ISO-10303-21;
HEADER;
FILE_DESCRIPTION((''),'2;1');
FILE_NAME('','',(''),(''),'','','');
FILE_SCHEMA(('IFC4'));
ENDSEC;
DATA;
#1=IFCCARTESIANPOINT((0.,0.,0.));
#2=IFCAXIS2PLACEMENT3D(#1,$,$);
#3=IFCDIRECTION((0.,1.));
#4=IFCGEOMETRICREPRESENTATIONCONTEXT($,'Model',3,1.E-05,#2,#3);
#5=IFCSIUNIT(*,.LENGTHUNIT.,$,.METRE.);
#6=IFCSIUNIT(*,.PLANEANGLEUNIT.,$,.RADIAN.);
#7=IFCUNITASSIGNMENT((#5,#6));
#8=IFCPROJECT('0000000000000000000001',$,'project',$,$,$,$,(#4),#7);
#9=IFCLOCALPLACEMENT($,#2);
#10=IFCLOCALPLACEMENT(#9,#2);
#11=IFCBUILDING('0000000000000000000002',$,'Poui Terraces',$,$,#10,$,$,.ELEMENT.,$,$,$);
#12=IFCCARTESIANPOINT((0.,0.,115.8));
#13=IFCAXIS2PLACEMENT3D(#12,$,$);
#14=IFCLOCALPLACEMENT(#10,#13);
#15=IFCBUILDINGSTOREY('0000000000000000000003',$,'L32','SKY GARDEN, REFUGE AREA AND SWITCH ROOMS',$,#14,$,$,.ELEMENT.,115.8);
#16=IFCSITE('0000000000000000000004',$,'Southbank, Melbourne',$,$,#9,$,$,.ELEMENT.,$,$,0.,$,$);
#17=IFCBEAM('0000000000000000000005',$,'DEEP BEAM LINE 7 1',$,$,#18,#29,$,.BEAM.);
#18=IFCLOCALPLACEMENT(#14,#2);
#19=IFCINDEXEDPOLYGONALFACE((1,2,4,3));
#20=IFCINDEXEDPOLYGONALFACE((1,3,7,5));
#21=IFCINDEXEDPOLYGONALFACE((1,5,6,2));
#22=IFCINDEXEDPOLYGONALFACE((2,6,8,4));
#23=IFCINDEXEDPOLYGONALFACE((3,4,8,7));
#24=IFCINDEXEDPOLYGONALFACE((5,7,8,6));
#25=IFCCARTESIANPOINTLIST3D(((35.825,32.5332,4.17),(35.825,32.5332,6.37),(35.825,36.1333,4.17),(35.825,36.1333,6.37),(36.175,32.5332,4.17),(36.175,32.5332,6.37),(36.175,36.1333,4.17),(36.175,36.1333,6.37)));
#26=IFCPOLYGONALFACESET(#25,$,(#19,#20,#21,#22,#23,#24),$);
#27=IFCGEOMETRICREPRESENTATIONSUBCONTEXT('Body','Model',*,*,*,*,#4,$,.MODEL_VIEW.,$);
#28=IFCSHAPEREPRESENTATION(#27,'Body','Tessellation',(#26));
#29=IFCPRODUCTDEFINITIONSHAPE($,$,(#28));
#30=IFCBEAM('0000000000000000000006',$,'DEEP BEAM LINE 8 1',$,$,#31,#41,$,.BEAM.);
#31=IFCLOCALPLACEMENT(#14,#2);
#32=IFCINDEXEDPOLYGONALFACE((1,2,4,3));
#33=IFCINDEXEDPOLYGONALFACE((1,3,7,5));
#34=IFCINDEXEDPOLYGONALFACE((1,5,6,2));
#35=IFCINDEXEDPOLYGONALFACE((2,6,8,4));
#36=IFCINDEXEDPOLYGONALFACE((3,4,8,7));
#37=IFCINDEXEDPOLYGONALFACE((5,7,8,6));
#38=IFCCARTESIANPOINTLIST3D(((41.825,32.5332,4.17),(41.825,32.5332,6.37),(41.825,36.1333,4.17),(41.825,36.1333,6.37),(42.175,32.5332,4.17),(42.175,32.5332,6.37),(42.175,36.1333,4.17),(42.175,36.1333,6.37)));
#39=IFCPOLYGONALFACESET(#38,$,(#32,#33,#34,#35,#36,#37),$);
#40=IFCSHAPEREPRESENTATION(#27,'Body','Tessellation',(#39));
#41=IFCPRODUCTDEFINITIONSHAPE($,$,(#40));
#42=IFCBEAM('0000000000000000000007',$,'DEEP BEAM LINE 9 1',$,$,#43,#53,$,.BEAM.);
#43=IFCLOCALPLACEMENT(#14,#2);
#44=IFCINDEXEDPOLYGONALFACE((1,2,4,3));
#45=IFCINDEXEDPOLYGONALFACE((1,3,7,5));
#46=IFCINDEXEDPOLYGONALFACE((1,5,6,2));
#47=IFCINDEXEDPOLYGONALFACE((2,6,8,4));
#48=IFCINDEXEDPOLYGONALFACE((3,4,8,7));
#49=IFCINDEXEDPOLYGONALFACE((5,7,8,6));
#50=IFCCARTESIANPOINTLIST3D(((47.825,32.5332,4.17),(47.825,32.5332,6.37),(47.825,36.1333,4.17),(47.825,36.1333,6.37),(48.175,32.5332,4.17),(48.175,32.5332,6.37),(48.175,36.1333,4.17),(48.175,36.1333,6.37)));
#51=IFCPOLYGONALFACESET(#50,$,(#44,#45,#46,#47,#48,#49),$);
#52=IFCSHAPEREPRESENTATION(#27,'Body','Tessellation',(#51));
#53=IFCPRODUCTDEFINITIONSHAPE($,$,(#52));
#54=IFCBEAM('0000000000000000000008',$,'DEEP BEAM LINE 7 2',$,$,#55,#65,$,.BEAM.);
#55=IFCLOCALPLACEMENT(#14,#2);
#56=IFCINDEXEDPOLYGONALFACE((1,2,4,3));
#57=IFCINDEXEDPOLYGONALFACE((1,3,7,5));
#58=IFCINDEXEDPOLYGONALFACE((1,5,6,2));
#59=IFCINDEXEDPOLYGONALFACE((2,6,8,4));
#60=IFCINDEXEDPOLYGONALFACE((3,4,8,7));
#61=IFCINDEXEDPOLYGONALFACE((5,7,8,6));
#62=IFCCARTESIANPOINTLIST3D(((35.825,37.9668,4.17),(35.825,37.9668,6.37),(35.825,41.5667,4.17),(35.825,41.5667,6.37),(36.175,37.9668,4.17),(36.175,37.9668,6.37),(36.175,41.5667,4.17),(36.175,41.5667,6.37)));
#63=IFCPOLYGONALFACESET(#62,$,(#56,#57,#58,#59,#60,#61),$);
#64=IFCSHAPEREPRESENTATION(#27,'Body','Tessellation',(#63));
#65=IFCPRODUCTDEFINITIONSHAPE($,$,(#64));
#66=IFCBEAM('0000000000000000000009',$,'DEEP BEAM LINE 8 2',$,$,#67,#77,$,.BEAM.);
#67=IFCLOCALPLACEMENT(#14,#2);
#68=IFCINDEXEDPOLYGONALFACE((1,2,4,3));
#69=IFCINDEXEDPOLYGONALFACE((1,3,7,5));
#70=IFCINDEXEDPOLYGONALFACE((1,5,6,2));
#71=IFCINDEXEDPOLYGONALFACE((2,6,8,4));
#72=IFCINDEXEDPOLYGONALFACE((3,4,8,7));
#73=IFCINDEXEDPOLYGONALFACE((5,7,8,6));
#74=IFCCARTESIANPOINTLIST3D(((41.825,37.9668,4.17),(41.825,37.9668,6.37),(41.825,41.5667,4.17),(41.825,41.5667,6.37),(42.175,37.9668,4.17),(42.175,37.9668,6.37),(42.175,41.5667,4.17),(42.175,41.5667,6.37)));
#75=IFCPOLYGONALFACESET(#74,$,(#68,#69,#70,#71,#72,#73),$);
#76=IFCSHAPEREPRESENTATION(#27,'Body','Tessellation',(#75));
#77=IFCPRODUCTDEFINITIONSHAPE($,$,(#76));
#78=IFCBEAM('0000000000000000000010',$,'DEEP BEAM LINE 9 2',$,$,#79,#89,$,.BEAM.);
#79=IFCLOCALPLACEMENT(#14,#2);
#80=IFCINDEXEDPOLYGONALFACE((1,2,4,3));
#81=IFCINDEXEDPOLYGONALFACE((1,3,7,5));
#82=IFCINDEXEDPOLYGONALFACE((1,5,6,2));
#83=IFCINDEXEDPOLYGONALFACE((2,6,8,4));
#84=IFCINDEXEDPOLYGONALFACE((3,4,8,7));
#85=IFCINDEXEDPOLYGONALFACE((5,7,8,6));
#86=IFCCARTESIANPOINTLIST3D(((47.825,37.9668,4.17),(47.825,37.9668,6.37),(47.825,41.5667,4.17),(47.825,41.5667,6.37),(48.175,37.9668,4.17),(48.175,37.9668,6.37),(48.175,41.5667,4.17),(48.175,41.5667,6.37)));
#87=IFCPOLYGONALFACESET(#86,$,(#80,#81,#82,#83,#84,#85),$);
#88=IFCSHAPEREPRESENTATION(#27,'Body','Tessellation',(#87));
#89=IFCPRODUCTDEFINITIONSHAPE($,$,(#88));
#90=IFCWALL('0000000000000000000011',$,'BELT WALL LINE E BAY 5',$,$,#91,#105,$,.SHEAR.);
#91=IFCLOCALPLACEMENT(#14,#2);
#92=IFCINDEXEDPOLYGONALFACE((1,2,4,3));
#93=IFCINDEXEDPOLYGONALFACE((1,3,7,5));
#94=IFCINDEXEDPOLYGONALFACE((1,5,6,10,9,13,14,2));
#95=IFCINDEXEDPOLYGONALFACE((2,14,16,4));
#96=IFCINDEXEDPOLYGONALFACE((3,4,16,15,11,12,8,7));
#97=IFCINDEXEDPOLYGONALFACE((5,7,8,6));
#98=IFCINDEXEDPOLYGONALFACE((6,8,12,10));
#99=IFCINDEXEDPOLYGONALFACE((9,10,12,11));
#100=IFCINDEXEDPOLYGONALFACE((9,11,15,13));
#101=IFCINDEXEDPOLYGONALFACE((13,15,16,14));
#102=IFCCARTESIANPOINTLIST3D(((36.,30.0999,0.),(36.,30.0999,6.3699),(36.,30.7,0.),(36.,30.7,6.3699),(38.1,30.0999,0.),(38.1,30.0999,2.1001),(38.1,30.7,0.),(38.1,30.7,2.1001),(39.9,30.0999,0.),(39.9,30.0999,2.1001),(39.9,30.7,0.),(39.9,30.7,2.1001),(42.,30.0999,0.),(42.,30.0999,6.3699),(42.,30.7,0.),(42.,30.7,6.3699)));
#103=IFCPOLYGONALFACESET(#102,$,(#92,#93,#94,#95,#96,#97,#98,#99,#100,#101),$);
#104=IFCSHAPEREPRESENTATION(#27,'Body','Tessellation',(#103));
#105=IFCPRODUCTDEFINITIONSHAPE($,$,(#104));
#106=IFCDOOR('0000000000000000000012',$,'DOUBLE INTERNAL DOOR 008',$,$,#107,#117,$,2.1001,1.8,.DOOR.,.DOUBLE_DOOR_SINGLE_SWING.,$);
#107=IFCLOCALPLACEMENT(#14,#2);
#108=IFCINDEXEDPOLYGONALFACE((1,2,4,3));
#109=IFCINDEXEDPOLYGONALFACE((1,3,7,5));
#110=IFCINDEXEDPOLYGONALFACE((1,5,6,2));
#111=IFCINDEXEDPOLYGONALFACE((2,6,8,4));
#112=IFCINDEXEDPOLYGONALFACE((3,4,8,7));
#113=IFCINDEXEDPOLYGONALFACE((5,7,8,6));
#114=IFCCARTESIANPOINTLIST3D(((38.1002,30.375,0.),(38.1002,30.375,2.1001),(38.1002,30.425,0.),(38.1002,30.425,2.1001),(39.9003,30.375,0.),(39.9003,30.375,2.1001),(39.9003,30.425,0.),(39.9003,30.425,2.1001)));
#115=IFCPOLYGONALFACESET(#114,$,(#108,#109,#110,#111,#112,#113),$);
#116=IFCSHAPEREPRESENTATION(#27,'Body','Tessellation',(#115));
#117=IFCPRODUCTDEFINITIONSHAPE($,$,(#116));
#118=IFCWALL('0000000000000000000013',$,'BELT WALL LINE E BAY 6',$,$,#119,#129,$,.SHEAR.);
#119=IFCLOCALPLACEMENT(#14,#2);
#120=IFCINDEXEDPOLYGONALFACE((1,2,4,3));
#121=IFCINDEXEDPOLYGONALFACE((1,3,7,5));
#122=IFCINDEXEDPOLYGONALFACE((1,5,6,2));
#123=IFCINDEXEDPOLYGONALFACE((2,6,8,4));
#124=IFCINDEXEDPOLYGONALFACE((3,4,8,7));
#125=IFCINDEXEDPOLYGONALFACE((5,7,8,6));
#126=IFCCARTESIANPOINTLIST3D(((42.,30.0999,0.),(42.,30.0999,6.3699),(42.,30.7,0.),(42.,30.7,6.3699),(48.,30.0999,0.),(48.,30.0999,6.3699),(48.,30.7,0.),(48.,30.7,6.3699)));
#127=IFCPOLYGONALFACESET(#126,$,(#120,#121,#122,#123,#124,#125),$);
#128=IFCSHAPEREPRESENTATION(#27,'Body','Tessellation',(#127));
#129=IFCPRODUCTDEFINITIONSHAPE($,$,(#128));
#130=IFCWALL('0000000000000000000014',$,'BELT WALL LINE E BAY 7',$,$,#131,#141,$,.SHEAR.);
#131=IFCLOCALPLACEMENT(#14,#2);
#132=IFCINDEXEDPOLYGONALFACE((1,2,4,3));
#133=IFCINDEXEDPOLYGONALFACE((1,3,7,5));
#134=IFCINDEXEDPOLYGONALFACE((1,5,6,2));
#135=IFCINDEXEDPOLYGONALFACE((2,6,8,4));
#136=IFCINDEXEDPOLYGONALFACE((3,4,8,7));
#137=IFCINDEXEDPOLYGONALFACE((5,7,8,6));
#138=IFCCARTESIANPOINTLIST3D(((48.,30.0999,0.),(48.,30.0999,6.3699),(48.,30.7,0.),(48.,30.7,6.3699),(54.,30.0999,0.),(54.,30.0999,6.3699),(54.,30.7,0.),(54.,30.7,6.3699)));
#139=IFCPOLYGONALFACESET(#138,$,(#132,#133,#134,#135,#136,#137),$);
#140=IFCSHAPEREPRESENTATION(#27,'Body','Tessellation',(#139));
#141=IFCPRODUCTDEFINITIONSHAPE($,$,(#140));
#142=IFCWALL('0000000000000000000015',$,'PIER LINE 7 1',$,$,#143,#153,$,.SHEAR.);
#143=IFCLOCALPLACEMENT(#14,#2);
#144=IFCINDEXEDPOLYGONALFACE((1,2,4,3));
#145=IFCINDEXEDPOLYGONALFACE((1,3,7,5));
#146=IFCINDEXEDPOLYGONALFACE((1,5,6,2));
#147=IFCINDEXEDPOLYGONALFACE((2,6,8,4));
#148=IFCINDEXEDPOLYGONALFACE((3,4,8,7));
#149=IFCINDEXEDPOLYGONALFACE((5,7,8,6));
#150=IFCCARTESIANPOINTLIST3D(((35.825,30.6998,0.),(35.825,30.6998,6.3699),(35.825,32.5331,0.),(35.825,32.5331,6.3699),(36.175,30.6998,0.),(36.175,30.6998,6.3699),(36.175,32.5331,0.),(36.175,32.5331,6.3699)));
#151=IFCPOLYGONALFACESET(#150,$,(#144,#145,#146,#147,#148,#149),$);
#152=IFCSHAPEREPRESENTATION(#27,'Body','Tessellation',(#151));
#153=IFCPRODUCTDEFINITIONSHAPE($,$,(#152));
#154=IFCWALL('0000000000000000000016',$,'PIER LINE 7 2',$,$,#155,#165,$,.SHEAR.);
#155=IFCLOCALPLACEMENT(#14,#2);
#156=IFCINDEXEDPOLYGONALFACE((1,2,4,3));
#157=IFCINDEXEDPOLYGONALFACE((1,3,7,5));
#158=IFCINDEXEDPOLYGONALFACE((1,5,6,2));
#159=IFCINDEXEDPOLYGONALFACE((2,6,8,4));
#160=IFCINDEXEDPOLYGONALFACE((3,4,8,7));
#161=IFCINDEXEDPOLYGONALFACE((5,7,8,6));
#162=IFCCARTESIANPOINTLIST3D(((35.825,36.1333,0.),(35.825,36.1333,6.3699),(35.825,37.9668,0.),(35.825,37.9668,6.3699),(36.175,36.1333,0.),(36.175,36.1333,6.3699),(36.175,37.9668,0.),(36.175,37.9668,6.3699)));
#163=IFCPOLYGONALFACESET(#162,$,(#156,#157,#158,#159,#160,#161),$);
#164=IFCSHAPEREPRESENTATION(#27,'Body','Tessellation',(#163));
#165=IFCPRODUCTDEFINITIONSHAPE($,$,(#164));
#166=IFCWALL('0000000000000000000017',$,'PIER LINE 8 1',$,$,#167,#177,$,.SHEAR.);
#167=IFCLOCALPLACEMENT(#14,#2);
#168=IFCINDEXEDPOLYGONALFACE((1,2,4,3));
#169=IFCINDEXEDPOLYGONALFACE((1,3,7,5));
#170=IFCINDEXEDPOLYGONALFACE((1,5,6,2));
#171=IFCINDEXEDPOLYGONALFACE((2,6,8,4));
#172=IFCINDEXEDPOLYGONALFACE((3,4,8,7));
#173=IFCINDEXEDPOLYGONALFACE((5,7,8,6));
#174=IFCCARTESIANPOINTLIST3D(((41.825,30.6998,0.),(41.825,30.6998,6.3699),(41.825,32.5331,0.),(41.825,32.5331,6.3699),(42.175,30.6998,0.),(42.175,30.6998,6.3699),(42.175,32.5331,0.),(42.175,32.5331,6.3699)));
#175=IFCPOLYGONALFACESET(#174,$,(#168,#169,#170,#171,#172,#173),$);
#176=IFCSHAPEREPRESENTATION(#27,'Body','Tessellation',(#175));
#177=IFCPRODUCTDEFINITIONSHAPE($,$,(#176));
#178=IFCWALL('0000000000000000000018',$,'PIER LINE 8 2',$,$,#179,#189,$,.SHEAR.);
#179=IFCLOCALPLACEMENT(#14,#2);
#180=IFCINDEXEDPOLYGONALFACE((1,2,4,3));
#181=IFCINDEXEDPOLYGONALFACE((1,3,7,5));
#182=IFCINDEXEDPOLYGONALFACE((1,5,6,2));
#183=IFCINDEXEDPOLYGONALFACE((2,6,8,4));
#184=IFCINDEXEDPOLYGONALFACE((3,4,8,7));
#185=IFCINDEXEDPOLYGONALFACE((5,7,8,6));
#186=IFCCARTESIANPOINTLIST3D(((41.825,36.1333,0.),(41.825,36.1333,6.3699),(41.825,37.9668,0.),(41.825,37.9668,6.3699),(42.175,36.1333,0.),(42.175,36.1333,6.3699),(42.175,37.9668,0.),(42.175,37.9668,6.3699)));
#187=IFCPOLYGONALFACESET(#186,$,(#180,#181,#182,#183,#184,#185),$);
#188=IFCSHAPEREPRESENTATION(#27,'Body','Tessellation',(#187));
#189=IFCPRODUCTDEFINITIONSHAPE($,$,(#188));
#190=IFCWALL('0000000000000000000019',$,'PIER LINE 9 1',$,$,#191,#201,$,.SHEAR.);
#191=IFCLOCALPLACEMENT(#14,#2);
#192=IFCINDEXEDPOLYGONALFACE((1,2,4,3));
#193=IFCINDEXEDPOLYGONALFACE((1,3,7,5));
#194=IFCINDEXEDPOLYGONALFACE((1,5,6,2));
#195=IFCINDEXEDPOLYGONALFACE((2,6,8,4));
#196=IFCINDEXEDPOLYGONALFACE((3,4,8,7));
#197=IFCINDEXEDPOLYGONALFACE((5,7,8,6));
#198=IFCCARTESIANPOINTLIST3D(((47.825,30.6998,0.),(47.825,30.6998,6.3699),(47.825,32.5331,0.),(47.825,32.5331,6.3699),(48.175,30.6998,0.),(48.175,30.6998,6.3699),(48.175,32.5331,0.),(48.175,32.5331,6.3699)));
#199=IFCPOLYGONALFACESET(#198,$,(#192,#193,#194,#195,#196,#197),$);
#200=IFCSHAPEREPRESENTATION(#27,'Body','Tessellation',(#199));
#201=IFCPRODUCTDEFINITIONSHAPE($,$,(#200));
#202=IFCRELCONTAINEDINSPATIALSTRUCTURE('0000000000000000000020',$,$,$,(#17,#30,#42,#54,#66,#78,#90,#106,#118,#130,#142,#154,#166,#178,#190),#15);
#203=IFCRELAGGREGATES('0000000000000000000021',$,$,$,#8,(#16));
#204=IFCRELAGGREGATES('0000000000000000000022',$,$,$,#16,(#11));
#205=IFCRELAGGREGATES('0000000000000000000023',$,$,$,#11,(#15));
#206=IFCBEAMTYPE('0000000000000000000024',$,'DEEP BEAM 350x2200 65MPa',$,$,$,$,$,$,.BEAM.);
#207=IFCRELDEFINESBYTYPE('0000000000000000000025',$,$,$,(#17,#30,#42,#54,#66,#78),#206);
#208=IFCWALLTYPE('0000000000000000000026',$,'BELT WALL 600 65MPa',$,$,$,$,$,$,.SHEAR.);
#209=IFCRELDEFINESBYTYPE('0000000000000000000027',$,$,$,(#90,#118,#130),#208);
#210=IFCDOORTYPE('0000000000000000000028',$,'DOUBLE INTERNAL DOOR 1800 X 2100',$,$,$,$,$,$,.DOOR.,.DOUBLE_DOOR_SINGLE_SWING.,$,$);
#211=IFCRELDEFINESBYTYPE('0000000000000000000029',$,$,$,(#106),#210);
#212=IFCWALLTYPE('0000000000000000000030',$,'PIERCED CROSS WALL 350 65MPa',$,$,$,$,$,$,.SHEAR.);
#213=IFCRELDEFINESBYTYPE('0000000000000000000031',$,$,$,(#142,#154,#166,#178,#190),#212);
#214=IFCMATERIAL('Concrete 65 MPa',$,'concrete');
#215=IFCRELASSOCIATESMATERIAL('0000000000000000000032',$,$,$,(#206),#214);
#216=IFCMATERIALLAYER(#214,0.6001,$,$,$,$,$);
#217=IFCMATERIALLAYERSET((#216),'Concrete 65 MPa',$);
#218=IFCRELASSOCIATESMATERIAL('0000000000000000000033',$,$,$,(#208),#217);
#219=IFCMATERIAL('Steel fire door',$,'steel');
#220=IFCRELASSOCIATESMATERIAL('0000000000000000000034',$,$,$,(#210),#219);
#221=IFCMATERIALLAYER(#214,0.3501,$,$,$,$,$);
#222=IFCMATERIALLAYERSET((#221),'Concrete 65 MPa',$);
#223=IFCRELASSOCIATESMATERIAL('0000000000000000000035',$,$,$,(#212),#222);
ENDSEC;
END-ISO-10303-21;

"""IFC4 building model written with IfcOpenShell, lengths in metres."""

from ifc_helpers import new_model, si_unit, direction, frame, frame_2d, origin, origin_2d, place, context, subcontext, project, spatial, rectangle, extrude, source, transform, mapped, material, layer, layer_set, material_profile, profile_set, type_object, element, fill, save


model = new_model("IFC4")

# Units and contexts
model_context = context("Model", 3, precision=1e-05, world=origin(), true_north=direction((0.0, 1.0)))
body_context = subcontext(model_context, "Body", "Model", "MODEL_VIEW")
ifc_project = project(units=[si_unit("LENGTHUNIT", "METRE"), si_unit("PLANEANGLEUNIT", "RADIAN")], contexts=[model_context])

# Site, building, storey
site_placement = place(None, origin())
site = spatial("IfcSite", under=ifc_project, at=site_placement, Name="Southbank, Melbourne", CompositionType="ELEMENT", RefElevation=0.0)
building_placement = place(site_placement, origin())
building = spatial("IfcBuilding", under=site, at=building_placement, Name="Poui Terraces", CompositionType="ELEMENT")
storey_placement = place(building_placement, frame((0.0, 0.0, 115.8)))
storey = spatial("IfcBuildingStorey", under=building, at=storey_placement, Name="L32", Description="SKY GARDEN, REFUGE AREA AND SWITCH ROOMS", CompositionType="ELEMENT", Elevation=115.8)

# Beams
ifc_material_1 = material(Name="Concrete 65 MPa", Category="concrete")
ifc_material_profile = material_profile(ifc_material_1, rectangle(XDim=0.3501, YDim=2.2, at=origin_2d()), Name="RC 350x2200")
ifc_profile_set = profile_set([ifc_material_profile], Name="Concrete 65 MPa")
beam_type = type_object("IfcBeamType", Name="DEEP BEAM 350x2200 65MPa", PredefinedType="BEAM", material=ifc_profile_set)
shared_shape_1 = source(origin(), body_context, "Body", "SweptSolid", [
    extrude(rectangle(XDim=0.3501, YDim=2.2, at=origin_2d()), origin(), (0.0, 0.0, 1.0), 3.6001),
])
for number, where, z_axis, x_axis, name in (
    (1, (36.0, 32.5332, 5.27), (0.0, 1.0, 0.0), (-1.0, 0.0, 0.0), "DEEP BEAM LINE 7 1"),
    (2, (42.0, 32.5332, 5.27), (0.0, 1.0, 0.0), (-1.0, 0.0, 0.0), "DEEP BEAM LINE 8 1"),
    (3, (48.0, 32.5332, 5.27), (0.0, 1.0, 0.0), (-1.0, 0.0, 0.0), "DEEP BEAM LINE 9 1"),
):
    element("IfcBeam", number, at=place(storey_placement, frame(where, z_axis=z_axis, x_axis=x_axis)), inside=storey, type_object=beam_type, Name=name, PredefinedType="BEAM", context=body_context, shape_type="MappedRepresentation", body=[
        mapped(shared_shape_1, transform((0.0, 0.0, 0.0))),
    ])
shared_shape_2 = source(origin(), body_context, "Body", "SweptSolid", [
    extrude(rectangle(XDim=0.3501, YDim=2.2, at=origin_2d()), origin(), (0.0, 0.0, 1.0), 3.5999),
])
for number, where, z_axis, x_axis, name in (
    (4, (36.0, 37.9668, 5.27), (0.0, 1.0, 0.0), (-1.0, 0.0, 0.0), "DEEP BEAM LINE 7 2"),
    (5, (42.0, 37.9668, 5.27), (0.0, 1.0, 0.0), (-1.0, 0.0, 0.0), "DEEP BEAM LINE 8 2"),
    (6, (48.0, 37.9668, 5.27), (0.0, 1.0, 0.0), (-1.0, 0.0, 0.0), "DEEP BEAM LINE 9 2"),
):
    element("IfcBeam", number, at=place(storey_placement, frame(where, z_axis=z_axis, x_axis=x_axis)), inside=storey, type_object=beam_type, Name=name, PredefinedType="BEAM", context=body_context, shape_type="MappedRepresentation", body=[
        mapped(shared_shape_2, transform((0.0, 0.0, 0.0))),
    ])

# Wall, opening, door
ifc_layer_1 = layer(ifc_material_1, 0.6001)
ifc_layer_set_1 = layer_set([ifc_layer_1], Name="Concrete 65 MPa")
wall_type_1 = type_object("IfcWallType", Name="BELT WALL 600 65MPa", PredefinedType="SHEAR", material=ifc_layer_set_1)
wall_1_placement = place(storey_placement, frame((36.0, 30.3999, 0.0), z_axis=(0.0, 0.0, 1.0), x_axis=(1.0, 0.0, 0.0)))
wall_1 = element("IfcWall", 7, at=wall_1_placement, inside=storey, type_object=wall_type_1, Name="BELT WALL LINE E BAY 5", PredefinedType="SHEAR", context=body_context, shape_type="SweptSolid", body=[
    extrude(rectangle(XDim=6.0, YDim=0.6001, at=frame_2d((3.0, 0.0))), origin(), (0.0, 0.0, 1.0), 6.3699),
])
opening_placement = place(wall_1_placement, frame((2.1001, 0.0, 0.0)))
opening = element("IfcOpeningElement", 8, at=opening_placement, cuts=wall_1, PredefinedType="OPENING", context=body_context, shape_type="SweptSolid", body=[
    extrude(rectangle(XDim=1.8, YDim=2.1001, at=frame_2d((0.8999, 1.05))), frame((0.0, 0.3101, 0.0), z_axis=(0.0, -1.0, 0.0), x_axis=(1.0, 0.0, 0.0)), (0.0, 0.0, 1.0), 0.6201),
])
ifc_material_2 = material(Name="Steel fire door", Category="steel")
door_type = type_object("IfcDoorType", Name="DOUBLE INTERNAL DOOR 1800 X 2100", OperationType="DOUBLE_DOOR_SINGLE_SWING", PredefinedType="DOOR", material=ifc_material_2)
door_placement = place(opening_placement, frame((1.8, 0.0, 0.0), z_axis=(0.0, 0.0, 1.0), x_axis=(-1.0, 0.0, 0.0)))
door = element("IfcDoor", 9, at=door_placement, inside=storey, type_object=door_type, Name="DOUBLE INTERNAL DOOR 008", OperationType="DOUBLE_DOOR_SINGLE_SWING", OverallHeight=2.1001, OverallWidth=1.8, PredefinedType="DOOR", context=body_context, shape_type="SweptSolid", body=[
    extrude(rectangle(XDim=1.8, YDim=2.1001, at=frame_2d((0.8999, 1.05))), frame((0.0, 0.0249, 0.0), z_axis=(0.0, -1.0, 0.0), x_axis=(1.0, 0.0, 0.0)), (0.0, 0.0, 1.0), 0.05),
])
fill(opening, door)

# Walls
for number, where, z_axis, x_axis, name in (
    (10, (42.0, 30.3999, 0.0), (0.0, 0.0, 1.0), (1.0, 0.0, 0.0), "BELT WALL LINE E BAY 6"),
    (11, (48.0, 30.3999, 0.0), (0.0, 0.0, 1.0), (1.0, 0.0, 0.0), "BELT WALL LINE E BAY 7"),
):
    element("IfcWall", number, at=place(storey_placement, frame(where, z_axis=z_axis, x_axis=x_axis)), inside=storey, type_object=wall_type_1, Name=name, PredefinedType="SHEAR", context=body_context, shape_type="SweptSolid", body=[
        extrude(rectangle(XDim=6.0, YDim=0.6001, at=frame_2d((3.0, 0.0))), origin(), (0.0, 0.0, 1.0), 6.3699),
    ])
ifc_layer_2 = layer(ifc_material_1, 0.3501)
ifc_layer_set_2 = layer_set([ifc_layer_2], Name="Concrete 65 MPa")
wall_type_2 = type_object("IfcWallType", Name="PIERCED CROSS WALL 350 65MPa", PredefinedType="SHEAR", material=ifc_layer_set_2)
wall_2_placement = place(storey_placement, frame((36.0, 30.7, 0.0), z_axis=(0.0, 0.0, 1.0), x_axis=(0.0, 1.0, 0.0)))
element("IfcWall", 12, at=wall_2_placement, inside=storey, type_object=wall_type_2, Name="PIER LINE 7 1", PredefinedType="SHEAR", context=body_context, shape_type="SweptSolid", body=[
    extrude(rectangle(XDim=1.8333, YDim=0.3501, at=frame_2d((0.9165, 0.0))), origin(), (0.0, 0.0, 1.0), 6.3699),
])
wall_3_placement = place(storey_placement, frame((36.0, 36.1333, 0.0), z_axis=(0.0, 0.0, 1.0), x_axis=(0.0, 1.0, 0.0)))
element("IfcWall", 13, at=wall_3_placement, inside=storey, type_object=wall_type_2, Name="PIER LINE 7 2", PredefinedType="SHEAR", context=body_context, shape_type="SweptSolid", body=[
    extrude(rectangle(XDim=1.8335, YDim=0.3501, at=frame_2d((0.9167, 0.0))), origin(), (0.0, 0.0, 1.0), 6.3699),
])
wall_4_placement = place(storey_placement, frame((42.0, 30.7, 0.0), z_axis=(0.0, 0.0, 1.0), x_axis=(0.0, 1.0, 0.0)))
element("IfcWall", 14, at=wall_4_placement, inside=storey, type_object=wall_type_2, Name="PIER LINE 8 1", PredefinedType="SHEAR", context=body_context, shape_type="SweptSolid", body=[
    extrude(rectangle(XDim=1.8333, YDim=0.3501, at=frame_2d((0.9165, 0.0))), origin(), (0.0, 0.0, 1.0), 6.3699),
])
wall_5_placement = place(storey_placement, frame((42.0, 36.1333, 0.0), z_axis=(0.0, 0.0, 1.0), x_axis=(0.0, 1.0, 0.0)))
element("IfcWall", 15, at=wall_5_placement, inside=storey, type_object=wall_type_2, Name="PIER LINE 8 2", PredefinedType="SHEAR", context=body_context, shape_type="SweptSolid", body=[
    extrude(rectangle(XDim=1.8335, YDim=0.3501, at=frame_2d((0.9167, 0.0))), origin(), (0.0, 0.0, 1.0), 6.3699),
])
wall_6_placement = place(storey_placement, frame((48.0, 30.7, 0.0), z_axis=(0.0, 0.0, 1.0), x_axis=(0.0, 1.0, 0.0)))
element("IfcWall", 16, at=wall_6_placement, inside=storey, type_object=wall_type_2, Name="PIER LINE 9 1", PredefinedType="SHEAR", context=body_context, shape_type="SweptSolid", body=[
    extrude(rectangle(XDim=1.8333, YDim=0.3501, at=frame_2d((0.9165, 0.0))), origin(), (0.0, 0.0, 1.0), 6.3699),
])

save(model, "model.ifc")
